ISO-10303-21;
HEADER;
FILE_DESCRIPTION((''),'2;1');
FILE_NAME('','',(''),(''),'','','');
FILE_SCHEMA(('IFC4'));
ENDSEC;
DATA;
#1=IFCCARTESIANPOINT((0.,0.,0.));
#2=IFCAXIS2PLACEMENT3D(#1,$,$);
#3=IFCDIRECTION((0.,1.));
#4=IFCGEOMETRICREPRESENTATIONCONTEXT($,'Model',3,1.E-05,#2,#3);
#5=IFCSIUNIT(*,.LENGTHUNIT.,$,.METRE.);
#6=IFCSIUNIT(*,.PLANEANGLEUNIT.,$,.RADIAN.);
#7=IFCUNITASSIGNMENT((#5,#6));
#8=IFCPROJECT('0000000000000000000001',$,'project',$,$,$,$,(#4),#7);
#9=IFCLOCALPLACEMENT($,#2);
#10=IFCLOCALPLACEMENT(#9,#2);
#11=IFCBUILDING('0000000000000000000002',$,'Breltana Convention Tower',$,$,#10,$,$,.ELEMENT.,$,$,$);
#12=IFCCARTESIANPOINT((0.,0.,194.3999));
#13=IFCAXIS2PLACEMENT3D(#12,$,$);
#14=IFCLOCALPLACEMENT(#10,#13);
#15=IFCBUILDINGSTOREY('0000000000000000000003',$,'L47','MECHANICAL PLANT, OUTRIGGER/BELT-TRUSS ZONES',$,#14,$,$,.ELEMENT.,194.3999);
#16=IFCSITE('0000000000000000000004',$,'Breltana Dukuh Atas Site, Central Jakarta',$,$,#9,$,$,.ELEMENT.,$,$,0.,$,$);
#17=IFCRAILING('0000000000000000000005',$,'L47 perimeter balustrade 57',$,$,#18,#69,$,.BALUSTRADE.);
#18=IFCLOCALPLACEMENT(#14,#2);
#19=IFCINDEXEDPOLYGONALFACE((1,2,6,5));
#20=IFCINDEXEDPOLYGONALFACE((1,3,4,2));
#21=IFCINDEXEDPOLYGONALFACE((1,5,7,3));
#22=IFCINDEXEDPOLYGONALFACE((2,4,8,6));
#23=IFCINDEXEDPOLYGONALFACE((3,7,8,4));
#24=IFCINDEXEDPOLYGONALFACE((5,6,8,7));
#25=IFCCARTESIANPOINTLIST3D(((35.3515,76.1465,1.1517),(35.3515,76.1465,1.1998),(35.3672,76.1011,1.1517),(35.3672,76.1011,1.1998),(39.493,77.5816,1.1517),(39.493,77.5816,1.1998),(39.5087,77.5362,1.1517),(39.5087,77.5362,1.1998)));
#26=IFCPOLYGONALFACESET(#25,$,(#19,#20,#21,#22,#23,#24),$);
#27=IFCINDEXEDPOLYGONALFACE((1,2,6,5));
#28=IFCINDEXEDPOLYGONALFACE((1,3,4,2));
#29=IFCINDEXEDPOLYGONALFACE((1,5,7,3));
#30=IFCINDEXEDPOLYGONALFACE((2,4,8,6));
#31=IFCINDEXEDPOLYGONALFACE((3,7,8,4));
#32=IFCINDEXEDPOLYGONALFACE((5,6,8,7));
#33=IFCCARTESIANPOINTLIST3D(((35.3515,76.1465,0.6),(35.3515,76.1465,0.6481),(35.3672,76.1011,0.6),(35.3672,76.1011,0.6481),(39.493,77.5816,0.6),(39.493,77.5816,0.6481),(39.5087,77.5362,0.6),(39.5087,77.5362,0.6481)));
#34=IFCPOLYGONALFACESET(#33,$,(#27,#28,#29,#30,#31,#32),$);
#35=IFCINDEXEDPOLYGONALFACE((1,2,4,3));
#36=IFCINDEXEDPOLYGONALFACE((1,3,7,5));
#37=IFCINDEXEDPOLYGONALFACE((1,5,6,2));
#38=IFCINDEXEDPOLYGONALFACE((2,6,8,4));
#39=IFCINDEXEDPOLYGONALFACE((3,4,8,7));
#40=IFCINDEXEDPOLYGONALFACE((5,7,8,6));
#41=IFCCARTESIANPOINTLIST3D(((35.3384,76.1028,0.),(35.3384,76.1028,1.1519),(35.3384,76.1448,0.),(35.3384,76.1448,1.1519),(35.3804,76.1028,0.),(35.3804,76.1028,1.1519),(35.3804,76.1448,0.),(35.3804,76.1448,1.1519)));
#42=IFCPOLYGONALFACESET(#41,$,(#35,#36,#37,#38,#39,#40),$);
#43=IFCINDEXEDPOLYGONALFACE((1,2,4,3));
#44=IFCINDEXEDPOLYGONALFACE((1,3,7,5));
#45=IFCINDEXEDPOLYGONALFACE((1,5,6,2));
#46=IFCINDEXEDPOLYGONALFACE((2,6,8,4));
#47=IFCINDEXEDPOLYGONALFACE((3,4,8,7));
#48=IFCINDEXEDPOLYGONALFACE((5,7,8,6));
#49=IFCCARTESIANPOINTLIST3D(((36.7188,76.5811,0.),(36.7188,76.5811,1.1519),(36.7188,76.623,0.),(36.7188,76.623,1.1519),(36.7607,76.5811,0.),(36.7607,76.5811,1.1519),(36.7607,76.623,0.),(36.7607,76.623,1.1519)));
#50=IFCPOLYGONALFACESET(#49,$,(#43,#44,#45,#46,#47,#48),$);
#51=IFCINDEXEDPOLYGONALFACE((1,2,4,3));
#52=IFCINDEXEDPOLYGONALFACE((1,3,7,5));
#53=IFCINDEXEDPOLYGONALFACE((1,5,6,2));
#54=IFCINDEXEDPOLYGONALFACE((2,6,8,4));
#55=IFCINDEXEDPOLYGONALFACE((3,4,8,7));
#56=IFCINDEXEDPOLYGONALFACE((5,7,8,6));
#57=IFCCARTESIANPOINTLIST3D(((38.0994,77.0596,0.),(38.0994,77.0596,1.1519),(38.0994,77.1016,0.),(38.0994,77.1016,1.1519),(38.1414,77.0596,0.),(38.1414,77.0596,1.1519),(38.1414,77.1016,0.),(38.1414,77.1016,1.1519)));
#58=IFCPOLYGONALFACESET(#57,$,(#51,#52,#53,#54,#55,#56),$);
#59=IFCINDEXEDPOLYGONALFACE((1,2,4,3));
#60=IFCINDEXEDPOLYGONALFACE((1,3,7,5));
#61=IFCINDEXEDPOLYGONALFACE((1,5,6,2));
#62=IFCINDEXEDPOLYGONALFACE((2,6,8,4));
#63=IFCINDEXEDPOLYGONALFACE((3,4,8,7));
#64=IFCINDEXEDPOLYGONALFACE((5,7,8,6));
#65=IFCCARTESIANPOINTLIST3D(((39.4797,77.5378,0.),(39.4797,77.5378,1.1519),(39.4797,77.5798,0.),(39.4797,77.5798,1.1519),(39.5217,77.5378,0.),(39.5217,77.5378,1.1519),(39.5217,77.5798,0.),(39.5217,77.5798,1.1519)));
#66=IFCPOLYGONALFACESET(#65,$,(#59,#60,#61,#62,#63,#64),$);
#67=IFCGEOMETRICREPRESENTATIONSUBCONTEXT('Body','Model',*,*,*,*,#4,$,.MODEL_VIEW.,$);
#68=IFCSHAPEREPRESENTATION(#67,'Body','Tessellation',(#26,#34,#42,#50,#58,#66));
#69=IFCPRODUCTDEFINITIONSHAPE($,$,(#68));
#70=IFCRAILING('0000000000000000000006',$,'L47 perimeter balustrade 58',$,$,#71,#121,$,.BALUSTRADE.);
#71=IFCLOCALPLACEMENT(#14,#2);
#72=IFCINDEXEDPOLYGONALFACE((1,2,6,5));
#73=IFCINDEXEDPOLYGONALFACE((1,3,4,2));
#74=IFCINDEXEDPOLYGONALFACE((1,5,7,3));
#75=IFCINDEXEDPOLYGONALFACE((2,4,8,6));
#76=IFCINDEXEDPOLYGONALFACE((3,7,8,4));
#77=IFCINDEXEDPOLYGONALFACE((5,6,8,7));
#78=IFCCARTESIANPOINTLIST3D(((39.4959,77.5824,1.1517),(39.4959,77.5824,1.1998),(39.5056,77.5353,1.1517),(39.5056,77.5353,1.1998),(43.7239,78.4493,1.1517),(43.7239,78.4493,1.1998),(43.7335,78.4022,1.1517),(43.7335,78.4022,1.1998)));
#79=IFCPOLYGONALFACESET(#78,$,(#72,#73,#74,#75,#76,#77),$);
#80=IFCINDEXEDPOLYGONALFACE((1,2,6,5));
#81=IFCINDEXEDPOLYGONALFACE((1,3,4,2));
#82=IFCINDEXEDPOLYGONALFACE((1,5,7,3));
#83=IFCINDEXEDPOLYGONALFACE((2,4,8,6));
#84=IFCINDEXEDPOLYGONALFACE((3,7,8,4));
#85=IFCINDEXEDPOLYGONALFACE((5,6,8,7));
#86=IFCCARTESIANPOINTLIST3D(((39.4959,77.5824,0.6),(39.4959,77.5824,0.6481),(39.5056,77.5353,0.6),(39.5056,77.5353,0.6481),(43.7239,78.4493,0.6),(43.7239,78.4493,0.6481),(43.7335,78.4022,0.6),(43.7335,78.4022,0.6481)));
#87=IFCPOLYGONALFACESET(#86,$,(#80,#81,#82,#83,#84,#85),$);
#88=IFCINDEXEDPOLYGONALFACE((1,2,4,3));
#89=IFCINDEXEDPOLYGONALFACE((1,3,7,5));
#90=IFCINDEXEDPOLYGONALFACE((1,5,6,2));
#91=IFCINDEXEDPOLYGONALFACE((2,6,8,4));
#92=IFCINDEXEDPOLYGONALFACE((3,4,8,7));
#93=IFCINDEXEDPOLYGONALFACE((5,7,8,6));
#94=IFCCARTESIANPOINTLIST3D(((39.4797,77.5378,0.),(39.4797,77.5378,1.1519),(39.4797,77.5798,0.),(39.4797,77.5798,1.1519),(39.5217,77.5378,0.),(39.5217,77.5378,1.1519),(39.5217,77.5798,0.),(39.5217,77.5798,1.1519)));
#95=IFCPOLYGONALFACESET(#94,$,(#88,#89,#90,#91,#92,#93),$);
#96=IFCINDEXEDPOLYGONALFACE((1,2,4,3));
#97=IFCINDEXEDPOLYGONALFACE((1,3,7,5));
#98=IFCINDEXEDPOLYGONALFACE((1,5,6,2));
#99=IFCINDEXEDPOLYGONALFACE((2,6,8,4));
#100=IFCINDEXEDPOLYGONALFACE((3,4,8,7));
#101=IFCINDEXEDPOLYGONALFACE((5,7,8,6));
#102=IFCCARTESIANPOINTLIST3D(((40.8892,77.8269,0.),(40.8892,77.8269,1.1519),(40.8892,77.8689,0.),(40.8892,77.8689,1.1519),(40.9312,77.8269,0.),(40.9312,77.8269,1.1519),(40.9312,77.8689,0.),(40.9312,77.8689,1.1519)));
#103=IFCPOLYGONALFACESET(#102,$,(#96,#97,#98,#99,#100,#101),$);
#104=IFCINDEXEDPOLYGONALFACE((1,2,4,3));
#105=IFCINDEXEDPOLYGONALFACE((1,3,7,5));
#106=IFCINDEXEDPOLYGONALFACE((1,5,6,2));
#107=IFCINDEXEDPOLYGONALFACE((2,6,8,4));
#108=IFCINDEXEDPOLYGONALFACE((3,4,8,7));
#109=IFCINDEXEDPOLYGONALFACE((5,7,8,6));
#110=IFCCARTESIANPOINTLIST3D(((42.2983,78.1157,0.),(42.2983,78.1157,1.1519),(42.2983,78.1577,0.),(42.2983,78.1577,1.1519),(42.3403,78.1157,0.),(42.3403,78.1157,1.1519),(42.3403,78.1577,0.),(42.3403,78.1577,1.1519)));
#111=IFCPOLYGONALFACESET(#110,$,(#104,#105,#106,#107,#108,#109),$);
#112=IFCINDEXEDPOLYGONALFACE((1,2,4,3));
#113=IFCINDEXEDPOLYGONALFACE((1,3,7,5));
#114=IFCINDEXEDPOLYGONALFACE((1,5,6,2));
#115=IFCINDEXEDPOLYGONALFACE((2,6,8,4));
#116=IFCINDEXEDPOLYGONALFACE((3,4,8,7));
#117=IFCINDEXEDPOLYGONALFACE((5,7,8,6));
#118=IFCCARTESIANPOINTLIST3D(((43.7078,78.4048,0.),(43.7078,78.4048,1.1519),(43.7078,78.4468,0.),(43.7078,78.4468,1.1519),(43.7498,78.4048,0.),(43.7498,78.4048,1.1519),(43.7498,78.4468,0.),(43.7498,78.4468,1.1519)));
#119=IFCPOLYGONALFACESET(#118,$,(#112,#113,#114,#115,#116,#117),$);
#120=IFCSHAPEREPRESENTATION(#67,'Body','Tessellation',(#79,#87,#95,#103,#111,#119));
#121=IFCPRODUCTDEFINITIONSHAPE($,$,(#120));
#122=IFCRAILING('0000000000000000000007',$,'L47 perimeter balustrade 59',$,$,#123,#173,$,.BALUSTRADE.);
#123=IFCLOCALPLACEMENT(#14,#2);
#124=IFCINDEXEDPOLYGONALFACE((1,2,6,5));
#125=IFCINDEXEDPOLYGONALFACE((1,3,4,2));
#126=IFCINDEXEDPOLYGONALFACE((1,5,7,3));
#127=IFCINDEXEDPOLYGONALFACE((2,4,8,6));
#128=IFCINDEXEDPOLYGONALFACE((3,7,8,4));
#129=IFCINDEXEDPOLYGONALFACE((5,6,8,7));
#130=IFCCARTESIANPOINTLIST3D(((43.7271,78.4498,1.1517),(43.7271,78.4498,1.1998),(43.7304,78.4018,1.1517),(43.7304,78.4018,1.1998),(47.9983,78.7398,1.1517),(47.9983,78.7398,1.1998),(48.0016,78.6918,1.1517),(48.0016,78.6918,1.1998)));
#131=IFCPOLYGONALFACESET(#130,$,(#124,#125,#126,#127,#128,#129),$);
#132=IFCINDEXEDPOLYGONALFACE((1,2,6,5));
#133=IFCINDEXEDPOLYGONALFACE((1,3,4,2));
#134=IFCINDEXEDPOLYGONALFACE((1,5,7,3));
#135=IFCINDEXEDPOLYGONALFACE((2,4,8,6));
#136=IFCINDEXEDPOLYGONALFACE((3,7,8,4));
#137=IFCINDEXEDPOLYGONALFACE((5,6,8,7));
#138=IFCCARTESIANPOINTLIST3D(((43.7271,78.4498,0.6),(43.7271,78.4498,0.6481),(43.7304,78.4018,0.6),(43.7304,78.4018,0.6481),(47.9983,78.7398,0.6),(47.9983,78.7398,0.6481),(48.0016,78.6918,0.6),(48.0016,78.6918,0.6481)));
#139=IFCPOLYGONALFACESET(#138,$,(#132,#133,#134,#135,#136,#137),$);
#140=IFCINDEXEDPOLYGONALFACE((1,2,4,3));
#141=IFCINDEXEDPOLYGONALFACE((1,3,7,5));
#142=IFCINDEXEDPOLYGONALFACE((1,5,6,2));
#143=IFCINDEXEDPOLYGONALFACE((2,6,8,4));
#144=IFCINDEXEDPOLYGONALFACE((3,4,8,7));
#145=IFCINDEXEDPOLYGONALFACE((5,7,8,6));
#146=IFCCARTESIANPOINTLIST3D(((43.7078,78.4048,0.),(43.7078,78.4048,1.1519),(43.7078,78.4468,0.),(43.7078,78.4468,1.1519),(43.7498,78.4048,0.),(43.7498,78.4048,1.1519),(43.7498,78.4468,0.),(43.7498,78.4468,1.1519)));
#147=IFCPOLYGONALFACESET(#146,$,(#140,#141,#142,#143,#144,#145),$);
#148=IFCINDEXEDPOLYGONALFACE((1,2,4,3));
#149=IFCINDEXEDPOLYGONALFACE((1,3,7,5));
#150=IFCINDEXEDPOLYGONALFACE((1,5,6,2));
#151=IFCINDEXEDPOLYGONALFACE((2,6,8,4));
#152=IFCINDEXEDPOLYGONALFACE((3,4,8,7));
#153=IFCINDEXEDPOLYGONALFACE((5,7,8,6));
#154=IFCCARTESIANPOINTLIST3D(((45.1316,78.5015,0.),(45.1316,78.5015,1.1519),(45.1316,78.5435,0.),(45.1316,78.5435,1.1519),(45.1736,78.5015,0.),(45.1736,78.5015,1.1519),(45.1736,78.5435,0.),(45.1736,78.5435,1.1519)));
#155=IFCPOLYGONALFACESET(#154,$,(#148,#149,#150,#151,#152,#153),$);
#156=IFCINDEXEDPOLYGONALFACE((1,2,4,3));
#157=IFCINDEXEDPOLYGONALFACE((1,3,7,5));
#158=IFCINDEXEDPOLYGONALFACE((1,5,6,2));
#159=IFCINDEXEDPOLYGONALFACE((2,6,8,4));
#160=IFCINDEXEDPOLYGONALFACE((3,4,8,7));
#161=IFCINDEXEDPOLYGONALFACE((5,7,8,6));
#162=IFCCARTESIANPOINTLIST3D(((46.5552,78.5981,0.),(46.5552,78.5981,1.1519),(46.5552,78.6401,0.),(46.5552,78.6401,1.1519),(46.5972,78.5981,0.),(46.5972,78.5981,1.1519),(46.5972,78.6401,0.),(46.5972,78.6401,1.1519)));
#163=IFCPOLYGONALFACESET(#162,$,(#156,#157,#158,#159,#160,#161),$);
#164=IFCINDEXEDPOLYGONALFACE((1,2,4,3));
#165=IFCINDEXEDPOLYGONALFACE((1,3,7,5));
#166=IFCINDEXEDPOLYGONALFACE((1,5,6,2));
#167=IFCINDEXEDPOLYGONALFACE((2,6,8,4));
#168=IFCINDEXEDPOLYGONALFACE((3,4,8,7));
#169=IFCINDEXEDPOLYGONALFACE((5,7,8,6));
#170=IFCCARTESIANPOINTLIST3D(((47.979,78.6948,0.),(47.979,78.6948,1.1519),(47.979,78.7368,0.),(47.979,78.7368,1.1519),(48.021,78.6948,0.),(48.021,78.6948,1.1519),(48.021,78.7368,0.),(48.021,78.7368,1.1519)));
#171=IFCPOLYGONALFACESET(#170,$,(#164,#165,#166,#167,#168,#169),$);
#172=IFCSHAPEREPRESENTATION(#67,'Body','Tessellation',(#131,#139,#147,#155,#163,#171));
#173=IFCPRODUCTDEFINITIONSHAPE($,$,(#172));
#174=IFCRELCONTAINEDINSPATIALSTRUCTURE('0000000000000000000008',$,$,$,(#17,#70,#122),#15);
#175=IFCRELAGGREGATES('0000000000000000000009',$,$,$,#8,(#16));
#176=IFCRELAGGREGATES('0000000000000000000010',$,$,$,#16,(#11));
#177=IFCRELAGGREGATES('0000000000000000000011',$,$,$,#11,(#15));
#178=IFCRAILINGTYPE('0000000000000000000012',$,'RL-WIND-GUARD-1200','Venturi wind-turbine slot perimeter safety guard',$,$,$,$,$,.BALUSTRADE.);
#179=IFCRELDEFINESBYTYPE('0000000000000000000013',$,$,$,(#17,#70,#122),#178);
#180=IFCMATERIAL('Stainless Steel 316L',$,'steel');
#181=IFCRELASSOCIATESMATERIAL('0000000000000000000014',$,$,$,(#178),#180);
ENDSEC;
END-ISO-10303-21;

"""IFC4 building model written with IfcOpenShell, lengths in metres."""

from ifc_helpers import new_model, si_unit, direction, frame, origin, origin_2d, place, context, subcontext, project, spatial, rectangle, extrude, material, type_object, element, save


model = new_model("IFC4")

# Units and contexts
model_context = context("Model", 3, precision=1e-05, world=origin(), true_north=direction((0.0, 1.0)))
body_context = subcontext(model_context, "Body", "Model", "MODEL_VIEW")
ifc_project = project(units=[si_unit("LENGTHUNIT", "METRE"), si_unit("PLANEANGLEUNIT", "RADIAN")], contexts=[model_context])

# Site, building, storey
site_placement = place(None, origin())
site = spatial("IfcSite", under=ifc_project, at=site_placement, Name="Breltana Dukuh Atas Site, Central Jakarta", CompositionType="ELEMENT", RefElevation=0.0)
building_placement = place(site_placement, origin())
building = spatial("IfcBuilding", under=site, at=building_placement, Name="Breltana Convention Tower", CompositionType="ELEMENT")
storey_placement = place(building_placement, frame((0.0, 0.0, 194.3999)))
storey = spatial("IfcBuildingStorey", under=building, at=storey_placement, Name="L47", Description="MECHANICAL PLANT, OUTRIGGER/BELT-TRUSS ZONES", CompositionType="ELEMENT", Elevation=194.3999)

# Railings
ifc_material_1 = material(Name="Stainless Steel 316L", Category="steel")
railing_type = type_object("IfcRailingType", Name="RL-WIND-GUARD-1200", Description="Venturi wind-turbine slot perimeter safety guard", PredefinedType="BALUSTRADE", material=ifc_material_1)
railing_1_placement = place(storey_placement, frame((35.3594, 76.1238, 0.0)))
element("IfcRailing", 1, at=railing_1_placement, inside=storey, type_object=railing_type, Name="L47 perimeter balustrade 57", PredefinedType="BALUSTRADE", context=body_context, shape_type="SweptSolid", body=[
    extrude(rectangle(XDim=0.0481, YDim=0.0481, at=origin_2d()), frame((0.0, 0.0, 1.1758), z_axis=(0.944879, 0.327419, 0.0), x_axis=(-0.327419, 0.944879, 0.0)), (0.0, 0.0, 1.0), 4.3831),
    extrude(rectangle(XDim=0.0481, YDim=0.0481, at=origin_2d()), frame((0.0, 0.0, 0.624), z_axis=(0.944879, 0.327419, 0.0), x_axis=(-0.327419, 0.944879, 0.0)), (0.0, 0.0, 1.0), 4.3831),
    extrude(rectangle(XDim=0.042, YDim=0.042, at=origin_2d()), origin(), (0.0, 0.0, 1.0), 1.1519),
    extrude(rectangle(XDim=0.042, YDim=0.042, at=origin_2d()), frame((1.3804, 0.4783, 0.0)), (0.0, 0.0, 1.0), 1.1519),
    extrude(rectangle(XDim=0.042, YDim=0.042, at=origin_2d()), frame((2.761, 0.9568, 0.0)), (0.0, 0.0, 1.0), 1.1519),
    extrude(rectangle(XDim=0.042, YDim=0.042, at=origin_2d()), frame((4.1414, 1.4351, 0.0)), (0.0, 0.0, 1.0), 1.1519),
])
railing_2_placement = place(storey_placement, frame((39.5007, 77.5588, 0.0)))
element("IfcRailing", 2, at=railing_2_placement, inside=storey, type_object=railing_type, Name="L47 perimeter balustrade 58", PredefinedType="BALUSTRADE", context=body_context, shape_type="SweptSolid", body=[
    extrude(rectangle(XDim=0.0481, YDim=0.0481, at=origin_2d()), frame((0.0, 0.0, 1.1758), z_axis=(0.979618, 0.200868, 0.0), x_axis=(-0.200868, 0.979618, 0.0)), (0.0, 0.0, 1.0), 4.3159),
    extrude(rectangle(XDim=0.0481, YDim=0.0481, at=origin_2d()), frame((0.0, 0.0, 0.624), z_axis=(0.979618, 0.200868, 0.0), x_axis=(-0.200868, 0.979618, 0.0)), (0.0, 0.0, 1.0), 4.3159),
    extrude(rectangle(XDim=0.042, YDim=0.042, at=origin_2d()), origin(), (0.0, 0.0, 1.0), 1.1519),
    extrude(rectangle(XDim=0.042, YDim=0.042, at=origin_2d()), frame((1.4094, 0.2891, 0.0)), (0.0, 0.0, 1.0), 1.1519),
    extrude(rectangle(XDim=0.042, YDim=0.042, at=origin_2d()), frame((2.8186, 0.5779, 0.0)), (0.0, 0.0, 1.0), 1.1519),
    extrude(rectangle(XDim=0.042, YDim=0.042, at=origin_2d()), frame((4.228, 0.8669, 0.0)), (0.0, 0.0, 1.0), 1.1519),
])
railing_3_placement = place(storey_placement, frame((43.7288, 78.4258, 0.0)))
element("IfcRailing", 3, at=railing_3_placement, inside=storey, type_object=railing_type, Name="L47 perimeter balustrade 59", PredefinedType="BALUSTRADE", context=body_context, shape_type="SweptSolid", body=[
    extrude(rectangle(XDim=0.0481, YDim=0.0481, at=origin_2d()), frame((0.0, 0.0, 1.1758), z_axis=(0.997702, 0.067749, 0.0), x_axis=(-0.067749, 0.997702, 0.0)), (0.0, 0.0, 1.0), 4.281),
    extrude(rectangle(XDim=0.0481, YDim=0.0481, at=origin_2d()), frame((0.0, 0.0, 0.624), z_axis=(0.997702, 0.067749, 0.0), x_axis=(-0.067749, 0.997702, 0.0)), (0.0, 0.0, 1.0), 4.281),
    extrude(rectangle(XDim=0.042, YDim=0.042, at=origin_2d()), origin(), (0.0, 0.0, 1.0), 1.1519),
    extrude(rectangle(XDim=0.042, YDim=0.042, at=origin_2d()), frame((1.4238, 0.0967, 0.0)), (0.0, 0.0, 1.0), 1.1519),
    extrude(rectangle(XDim=0.042, YDim=0.042, at=origin_2d()), frame((2.8474, 0.1934, 0.0)), (0.0, 0.0, 1.0), 1.1519),
    extrude(rectangle(XDim=0.042, YDim=0.042, at=origin_2d()), frame((4.2712, 0.29, 0.0)), (0.0, 0.0, 1.0), 1.1519),
])

save(model, "model.ifc")
